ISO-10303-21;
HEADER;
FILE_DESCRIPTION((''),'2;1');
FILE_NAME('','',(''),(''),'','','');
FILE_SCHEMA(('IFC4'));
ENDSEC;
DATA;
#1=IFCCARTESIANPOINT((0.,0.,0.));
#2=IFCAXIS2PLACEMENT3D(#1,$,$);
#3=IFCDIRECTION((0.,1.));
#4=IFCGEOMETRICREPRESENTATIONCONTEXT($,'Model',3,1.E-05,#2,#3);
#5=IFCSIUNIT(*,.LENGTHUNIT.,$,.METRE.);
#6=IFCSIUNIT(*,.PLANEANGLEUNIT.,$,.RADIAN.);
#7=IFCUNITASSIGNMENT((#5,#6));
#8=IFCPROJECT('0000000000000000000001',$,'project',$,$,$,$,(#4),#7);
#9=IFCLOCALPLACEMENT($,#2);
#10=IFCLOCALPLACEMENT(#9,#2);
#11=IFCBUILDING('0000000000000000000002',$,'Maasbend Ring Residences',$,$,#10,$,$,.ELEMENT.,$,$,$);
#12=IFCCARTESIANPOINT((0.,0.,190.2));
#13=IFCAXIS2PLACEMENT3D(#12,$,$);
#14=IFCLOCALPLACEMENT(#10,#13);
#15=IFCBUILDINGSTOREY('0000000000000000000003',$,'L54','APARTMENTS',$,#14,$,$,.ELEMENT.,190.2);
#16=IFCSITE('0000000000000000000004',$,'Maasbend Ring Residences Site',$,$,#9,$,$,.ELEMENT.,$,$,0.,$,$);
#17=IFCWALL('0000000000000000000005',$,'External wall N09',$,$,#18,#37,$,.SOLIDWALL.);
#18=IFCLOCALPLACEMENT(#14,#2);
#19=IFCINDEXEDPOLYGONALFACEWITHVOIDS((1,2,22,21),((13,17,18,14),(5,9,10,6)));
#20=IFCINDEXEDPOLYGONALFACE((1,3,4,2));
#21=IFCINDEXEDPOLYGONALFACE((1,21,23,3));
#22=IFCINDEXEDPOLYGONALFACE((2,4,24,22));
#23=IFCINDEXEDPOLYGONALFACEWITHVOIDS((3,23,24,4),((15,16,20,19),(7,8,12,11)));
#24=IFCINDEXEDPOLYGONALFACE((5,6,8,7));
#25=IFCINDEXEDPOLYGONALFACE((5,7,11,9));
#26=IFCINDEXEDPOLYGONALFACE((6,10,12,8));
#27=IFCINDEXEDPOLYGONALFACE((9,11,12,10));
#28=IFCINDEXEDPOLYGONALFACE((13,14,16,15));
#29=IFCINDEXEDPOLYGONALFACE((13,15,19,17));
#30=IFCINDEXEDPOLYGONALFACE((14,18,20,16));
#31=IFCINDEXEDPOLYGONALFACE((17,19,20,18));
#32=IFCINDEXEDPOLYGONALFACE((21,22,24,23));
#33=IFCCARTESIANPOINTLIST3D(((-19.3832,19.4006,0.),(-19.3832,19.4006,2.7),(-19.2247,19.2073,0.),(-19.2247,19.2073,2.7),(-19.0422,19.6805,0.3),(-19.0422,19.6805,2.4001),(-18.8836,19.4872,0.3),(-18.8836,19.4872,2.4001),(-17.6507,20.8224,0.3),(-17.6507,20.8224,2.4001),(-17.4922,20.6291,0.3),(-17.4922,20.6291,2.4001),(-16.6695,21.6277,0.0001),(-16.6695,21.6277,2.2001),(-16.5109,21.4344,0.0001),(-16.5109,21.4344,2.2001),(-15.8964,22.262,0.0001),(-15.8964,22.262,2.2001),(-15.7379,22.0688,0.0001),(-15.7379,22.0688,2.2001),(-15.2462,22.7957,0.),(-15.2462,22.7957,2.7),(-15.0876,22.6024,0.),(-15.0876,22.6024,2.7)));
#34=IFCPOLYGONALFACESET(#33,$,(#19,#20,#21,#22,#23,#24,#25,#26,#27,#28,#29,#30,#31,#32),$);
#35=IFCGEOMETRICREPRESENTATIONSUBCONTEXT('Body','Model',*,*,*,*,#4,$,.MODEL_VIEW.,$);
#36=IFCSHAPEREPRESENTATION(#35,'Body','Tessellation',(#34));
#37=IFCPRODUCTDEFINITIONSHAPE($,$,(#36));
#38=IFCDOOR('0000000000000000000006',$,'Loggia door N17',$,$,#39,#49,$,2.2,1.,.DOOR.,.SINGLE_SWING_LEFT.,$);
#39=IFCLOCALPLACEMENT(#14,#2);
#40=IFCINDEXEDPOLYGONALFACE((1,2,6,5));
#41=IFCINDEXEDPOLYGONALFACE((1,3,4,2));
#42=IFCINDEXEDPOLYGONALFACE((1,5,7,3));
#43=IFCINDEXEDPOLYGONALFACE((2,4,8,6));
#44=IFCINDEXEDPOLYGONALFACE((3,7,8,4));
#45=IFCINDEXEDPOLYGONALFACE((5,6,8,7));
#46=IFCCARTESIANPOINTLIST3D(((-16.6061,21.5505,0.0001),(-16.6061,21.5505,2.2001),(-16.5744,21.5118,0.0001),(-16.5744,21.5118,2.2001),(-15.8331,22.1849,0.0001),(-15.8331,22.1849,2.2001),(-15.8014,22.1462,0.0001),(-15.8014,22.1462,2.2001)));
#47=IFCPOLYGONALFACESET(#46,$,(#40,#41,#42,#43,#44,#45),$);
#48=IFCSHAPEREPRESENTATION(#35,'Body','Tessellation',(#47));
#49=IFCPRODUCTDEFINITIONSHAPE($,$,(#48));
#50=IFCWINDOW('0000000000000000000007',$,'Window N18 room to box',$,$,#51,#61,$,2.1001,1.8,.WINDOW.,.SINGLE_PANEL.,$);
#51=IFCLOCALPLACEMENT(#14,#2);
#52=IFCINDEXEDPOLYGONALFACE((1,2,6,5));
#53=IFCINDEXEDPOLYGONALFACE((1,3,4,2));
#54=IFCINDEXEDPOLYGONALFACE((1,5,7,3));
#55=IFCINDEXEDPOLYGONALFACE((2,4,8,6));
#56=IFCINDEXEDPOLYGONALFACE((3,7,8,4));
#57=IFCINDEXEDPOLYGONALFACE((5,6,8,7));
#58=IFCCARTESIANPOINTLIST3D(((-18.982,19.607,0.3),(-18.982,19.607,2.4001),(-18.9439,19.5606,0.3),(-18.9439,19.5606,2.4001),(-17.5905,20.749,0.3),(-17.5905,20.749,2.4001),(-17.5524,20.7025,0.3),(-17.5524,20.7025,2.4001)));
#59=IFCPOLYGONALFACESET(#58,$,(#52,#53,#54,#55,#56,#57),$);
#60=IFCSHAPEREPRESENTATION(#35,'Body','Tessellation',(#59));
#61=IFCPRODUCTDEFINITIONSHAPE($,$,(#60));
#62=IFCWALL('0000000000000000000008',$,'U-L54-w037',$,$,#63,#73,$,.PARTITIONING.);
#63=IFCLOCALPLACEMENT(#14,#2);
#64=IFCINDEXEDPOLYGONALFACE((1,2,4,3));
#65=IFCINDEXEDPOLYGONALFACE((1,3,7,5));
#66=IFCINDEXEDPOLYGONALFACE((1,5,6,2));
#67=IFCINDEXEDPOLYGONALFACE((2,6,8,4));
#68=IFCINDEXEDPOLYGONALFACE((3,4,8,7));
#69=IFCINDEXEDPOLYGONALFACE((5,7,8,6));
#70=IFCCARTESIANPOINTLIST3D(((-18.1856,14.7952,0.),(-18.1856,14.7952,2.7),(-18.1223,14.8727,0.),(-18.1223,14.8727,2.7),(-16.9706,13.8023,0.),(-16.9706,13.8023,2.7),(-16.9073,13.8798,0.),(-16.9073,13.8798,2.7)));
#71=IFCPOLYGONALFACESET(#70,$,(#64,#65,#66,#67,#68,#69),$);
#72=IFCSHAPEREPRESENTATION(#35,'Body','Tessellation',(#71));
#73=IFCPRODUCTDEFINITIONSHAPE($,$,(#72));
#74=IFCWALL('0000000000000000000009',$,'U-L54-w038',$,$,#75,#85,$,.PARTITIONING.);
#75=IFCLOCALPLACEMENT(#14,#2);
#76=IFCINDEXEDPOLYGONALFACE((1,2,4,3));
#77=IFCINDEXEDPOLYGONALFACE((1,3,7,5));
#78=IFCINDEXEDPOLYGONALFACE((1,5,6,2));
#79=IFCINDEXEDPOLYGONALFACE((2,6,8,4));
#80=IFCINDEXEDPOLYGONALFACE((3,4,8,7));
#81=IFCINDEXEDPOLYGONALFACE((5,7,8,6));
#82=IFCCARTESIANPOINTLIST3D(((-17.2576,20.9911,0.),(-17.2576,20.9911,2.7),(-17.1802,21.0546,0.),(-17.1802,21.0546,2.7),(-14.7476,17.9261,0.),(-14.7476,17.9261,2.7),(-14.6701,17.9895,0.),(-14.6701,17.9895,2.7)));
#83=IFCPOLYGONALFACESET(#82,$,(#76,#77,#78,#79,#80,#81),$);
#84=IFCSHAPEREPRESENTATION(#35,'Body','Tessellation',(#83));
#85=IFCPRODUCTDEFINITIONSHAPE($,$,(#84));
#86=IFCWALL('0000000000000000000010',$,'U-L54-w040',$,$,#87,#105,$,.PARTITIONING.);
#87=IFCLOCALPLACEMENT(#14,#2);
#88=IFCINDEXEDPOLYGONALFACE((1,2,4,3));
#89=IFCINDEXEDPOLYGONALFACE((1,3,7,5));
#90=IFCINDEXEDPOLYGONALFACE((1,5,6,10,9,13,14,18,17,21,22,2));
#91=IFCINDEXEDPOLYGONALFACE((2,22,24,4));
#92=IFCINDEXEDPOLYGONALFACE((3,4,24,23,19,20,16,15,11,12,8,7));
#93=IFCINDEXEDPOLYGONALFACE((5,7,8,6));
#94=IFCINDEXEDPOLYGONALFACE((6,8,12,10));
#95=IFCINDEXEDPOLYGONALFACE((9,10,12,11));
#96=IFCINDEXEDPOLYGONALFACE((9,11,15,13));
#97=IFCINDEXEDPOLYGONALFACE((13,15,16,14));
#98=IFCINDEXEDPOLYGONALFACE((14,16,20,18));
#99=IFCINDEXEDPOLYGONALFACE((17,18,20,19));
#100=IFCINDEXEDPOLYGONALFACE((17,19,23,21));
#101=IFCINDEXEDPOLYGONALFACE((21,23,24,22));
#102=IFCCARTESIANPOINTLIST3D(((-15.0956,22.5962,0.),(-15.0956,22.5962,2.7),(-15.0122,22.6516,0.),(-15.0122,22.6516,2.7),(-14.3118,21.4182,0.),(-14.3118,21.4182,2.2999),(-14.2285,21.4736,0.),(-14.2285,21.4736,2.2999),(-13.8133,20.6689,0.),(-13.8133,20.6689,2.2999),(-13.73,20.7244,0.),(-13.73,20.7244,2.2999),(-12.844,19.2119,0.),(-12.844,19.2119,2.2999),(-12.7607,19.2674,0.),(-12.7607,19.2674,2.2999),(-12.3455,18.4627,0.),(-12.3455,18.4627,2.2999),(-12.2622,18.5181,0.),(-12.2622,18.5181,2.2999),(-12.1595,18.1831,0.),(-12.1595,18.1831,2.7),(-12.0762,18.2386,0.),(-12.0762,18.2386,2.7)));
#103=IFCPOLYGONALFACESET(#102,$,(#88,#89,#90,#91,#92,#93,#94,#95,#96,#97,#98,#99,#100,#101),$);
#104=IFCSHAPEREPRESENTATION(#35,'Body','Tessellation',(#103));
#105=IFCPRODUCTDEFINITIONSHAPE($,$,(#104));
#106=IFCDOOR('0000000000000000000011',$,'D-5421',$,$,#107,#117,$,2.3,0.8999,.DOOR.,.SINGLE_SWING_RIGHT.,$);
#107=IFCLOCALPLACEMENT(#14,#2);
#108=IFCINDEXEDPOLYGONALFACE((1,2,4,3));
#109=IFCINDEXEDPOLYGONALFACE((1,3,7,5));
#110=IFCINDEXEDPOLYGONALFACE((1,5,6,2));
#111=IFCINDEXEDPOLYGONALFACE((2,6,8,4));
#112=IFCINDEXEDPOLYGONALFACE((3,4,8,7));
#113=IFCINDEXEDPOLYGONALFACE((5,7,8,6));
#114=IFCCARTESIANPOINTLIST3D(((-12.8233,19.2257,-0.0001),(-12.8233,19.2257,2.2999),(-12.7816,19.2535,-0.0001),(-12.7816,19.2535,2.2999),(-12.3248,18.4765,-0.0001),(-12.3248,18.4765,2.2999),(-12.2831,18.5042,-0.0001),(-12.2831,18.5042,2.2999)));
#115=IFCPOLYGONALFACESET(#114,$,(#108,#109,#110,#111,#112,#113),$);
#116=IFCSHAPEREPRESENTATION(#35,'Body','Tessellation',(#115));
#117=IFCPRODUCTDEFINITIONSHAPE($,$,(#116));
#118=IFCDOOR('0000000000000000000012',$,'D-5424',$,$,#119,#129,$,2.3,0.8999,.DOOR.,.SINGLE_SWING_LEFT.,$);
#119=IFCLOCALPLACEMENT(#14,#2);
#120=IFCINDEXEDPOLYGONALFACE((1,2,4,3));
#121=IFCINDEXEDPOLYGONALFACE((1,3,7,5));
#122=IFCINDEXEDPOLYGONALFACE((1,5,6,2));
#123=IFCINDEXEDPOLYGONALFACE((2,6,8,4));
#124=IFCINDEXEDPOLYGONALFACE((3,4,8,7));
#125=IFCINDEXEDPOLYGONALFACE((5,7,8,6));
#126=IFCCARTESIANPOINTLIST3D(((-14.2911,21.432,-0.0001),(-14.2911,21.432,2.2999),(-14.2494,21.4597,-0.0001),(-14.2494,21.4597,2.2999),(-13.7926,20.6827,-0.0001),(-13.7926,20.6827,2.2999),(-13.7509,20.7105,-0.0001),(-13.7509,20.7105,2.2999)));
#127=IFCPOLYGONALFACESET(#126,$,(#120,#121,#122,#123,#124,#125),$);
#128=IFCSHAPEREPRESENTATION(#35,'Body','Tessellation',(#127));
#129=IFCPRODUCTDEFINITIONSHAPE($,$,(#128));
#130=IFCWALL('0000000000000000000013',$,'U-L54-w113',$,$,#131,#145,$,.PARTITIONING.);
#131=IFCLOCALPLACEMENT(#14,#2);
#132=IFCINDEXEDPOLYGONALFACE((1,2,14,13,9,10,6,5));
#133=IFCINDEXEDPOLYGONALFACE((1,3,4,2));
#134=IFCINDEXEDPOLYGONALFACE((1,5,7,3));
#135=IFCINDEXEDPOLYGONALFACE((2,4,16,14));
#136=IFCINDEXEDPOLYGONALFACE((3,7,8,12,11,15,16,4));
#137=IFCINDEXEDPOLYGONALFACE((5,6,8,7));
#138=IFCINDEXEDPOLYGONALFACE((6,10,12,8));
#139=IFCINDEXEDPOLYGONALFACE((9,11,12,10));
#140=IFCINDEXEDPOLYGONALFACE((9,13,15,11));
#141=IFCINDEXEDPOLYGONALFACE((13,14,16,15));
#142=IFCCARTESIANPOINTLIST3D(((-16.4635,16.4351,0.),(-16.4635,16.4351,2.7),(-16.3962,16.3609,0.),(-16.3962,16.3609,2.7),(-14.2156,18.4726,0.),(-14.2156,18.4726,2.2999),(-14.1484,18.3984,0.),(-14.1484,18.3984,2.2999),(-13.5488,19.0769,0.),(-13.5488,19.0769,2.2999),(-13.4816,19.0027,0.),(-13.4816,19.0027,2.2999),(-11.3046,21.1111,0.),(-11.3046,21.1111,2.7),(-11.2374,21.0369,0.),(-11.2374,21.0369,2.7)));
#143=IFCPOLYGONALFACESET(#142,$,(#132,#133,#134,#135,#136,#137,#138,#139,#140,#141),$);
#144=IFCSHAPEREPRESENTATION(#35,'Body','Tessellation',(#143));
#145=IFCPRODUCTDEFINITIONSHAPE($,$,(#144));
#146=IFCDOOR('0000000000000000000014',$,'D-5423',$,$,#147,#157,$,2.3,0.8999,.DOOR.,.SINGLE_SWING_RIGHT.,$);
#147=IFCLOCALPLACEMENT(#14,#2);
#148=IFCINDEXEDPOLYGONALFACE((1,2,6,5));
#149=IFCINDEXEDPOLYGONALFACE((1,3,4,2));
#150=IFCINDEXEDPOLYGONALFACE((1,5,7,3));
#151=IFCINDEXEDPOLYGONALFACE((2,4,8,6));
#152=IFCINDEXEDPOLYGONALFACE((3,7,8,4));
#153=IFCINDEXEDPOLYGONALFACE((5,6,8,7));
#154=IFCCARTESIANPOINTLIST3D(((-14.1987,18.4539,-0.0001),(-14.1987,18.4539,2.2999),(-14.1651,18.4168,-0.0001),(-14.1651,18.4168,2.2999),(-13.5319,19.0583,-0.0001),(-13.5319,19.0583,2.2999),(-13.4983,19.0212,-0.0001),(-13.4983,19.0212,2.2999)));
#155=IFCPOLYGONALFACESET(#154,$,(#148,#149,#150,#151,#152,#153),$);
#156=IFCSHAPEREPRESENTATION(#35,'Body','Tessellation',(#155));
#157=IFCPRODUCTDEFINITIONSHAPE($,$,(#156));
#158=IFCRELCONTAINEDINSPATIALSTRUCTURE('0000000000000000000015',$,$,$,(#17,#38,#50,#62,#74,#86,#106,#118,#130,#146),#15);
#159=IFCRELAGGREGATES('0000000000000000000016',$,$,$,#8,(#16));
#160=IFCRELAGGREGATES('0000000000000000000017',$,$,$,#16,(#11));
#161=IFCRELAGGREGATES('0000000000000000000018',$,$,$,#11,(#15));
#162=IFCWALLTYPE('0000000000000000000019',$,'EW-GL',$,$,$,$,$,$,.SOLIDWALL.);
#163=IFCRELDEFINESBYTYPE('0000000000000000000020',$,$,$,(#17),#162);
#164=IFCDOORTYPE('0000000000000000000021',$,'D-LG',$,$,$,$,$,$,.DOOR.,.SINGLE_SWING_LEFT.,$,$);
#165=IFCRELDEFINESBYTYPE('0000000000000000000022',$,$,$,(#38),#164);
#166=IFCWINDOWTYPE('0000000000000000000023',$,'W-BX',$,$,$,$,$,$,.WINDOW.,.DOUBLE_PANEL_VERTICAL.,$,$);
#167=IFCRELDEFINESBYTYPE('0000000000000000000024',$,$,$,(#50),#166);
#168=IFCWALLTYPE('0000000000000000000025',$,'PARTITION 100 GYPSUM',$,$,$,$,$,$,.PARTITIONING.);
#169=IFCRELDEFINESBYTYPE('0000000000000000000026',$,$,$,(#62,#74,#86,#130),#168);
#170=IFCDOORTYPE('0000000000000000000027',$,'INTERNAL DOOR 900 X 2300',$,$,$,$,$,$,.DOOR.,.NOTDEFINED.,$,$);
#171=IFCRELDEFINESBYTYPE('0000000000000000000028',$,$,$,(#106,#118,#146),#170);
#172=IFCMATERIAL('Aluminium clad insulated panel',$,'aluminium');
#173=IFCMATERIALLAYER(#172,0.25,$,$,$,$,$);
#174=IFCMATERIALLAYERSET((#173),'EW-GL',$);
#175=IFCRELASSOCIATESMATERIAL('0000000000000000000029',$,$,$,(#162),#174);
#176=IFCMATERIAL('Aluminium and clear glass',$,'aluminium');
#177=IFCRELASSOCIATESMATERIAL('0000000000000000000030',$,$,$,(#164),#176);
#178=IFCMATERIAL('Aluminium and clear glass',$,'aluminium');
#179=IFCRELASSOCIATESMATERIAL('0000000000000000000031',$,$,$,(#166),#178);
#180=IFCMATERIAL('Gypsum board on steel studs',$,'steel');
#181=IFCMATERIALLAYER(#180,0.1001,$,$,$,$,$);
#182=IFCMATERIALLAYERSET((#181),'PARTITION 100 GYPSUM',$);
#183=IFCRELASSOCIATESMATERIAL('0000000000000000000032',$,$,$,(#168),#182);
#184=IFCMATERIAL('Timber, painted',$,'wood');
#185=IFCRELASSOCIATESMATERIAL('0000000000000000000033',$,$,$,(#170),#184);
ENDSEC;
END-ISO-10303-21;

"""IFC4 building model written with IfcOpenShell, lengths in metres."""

from ifc_helpers import new_model, si_unit, direction, frame, frame_2d, origin, place, context, subcontext, project, spatial, rectangle, extrude, material, layer, layer_set, type_object, element, fill, save


model = new_model("IFC4")

# Units and contexts
model_context = context("Model", 3, precision=1e-05, world=origin(), true_north=direction((0.0, 1.0)))
body_context = subcontext(model_context, "Body", "Model", "MODEL_VIEW")
ifc_project = project(units=[si_unit("LENGTHUNIT", "METRE"), si_unit("PLANEANGLEUNIT", "RADIAN")], contexts=[model_context])

# Site, building, storey
site_placement = place(None, origin())
site = spatial("IfcSite", under=ifc_project, at=site_placement, Name="Maasbend Ring Residences Site", CompositionType="ELEMENT", RefElevation=0.0)
building_placement = place(site_placement, origin())
building = spatial("IfcBuilding", under=site, at=building_placement, Name="Maasbend Ring Residences", CompositionType="ELEMENT")
storey_placement = place(building_placement, frame((0.0, 0.0, 190.2)))
storey = spatial("IfcBuildingStorey", under=building, at=storey_placement, Name="L54", Description="APARTMENTS", CompositionType="ELEMENT", Elevation=190.2)

# Wall, openings, door, window
ifc_material_1 = material(Name="Aluminium clad insulated panel", Category="aluminium")
ifc_layer_1 = layer(ifc_material_1, 0.25)
ifc_layer_set_1 = layer_set([ifc_layer_1], Name="EW-GL")
wall_type_1 = type_object("IfcWallType", Name="EW-GL", PredefinedType="SOLIDWALL", material=ifc_layer_set_1)
wall_1_placement = place(storey_placement, frame((-15.167, 22.699, 0.0), z_axis=(0.0, 0.0, 1.0), x_axis=(-0.773019, -0.634382, 0.0)))
wall_1 = element("IfcWall", 1, at=wall_1_placement, inside=storey, type_object=wall_type_1, Name="External wall N09", PredefinedType="SOLIDWALL", context=body_context, shape_type="SweptSolid", body=[
    extrude(rectangle(XDim=5.3518, YDim=0.25, at=frame_2d((2.6758, 0.0))), origin(), (0.0, 0.0, 1.0), 2.7),
])
opening_1_placement = place(wall_1_placement, frame((0.8411, 0.0, 0.0)))
opening_1 = element("IfcOpeningElement", 2, at=opening_1_placement, cuts=wall_1, PredefinedType="OPENING", context=body_context, shape_type="SweptSolid", body=[
    extrude(rectangle(XDim=1.0, YDim=2.2, at=frame_2d((0.5, 1.1001))), frame((0.0, 0.135, 0.0), z_axis=(0.0, -1.0, 0.0), x_axis=(1.0, 0.0, 0.0)), (0.0, 0.0, 1.0), 0.27),
])
opening_2_placement = place(wall_1_placement, frame((3.1106, 0.0, 0.3)))
opening_2 = element("IfcOpeningElement", 3, at=opening_2_placement, cuts=wall_1, PredefinedType="OPENING", context=body_context, shape_type="SweptSolid", body=[
    extrude(rectangle(XDim=1.8, YDim=2.1001, at=frame_2d((0.8999, 1.05))), frame((0.0, 0.135, 0.0), z_axis=(0.0, -1.0, 0.0), x_axis=(1.0, 0.0, 0.0)), (0.0, 0.0, 1.0), 0.27),
])
ifc_material_2 = material(Name="Aluminium and clear glass", Category="aluminium")
door_type_1 = type_object("IfcDoorType", Name="D-LG", OperationType="SINGLE_SWING_LEFT", PredefinedType="DOOR", material=ifc_material_2)
door_1_placement = place(opening_1_placement, origin())
door_1 = element("IfcDoor", 4, at=door_1_placement, inside=storey, type_object=door_type_1, Name="Loggia door N17", OperationType="SINGLE_SWING_LEFT", OverallHeight=2.2, OverallWidth=1.0, PredefinedType="DOOR", context=body_context, shape_type="SweptSolid", body=[
    extrude(rectangle(XDim=1.0, YDim=2.2, at=frame_2d((0.5, 1.1001))), frame((0.0, 0.0249, 0.0), z_axis=(0.0, -1.0, 0.0), x_axis=(1.0, 0.0, 0.0)), (0.0, 0.0, 1.0), 0.05),
])
fill(opening_1, door_1)
ifc_material_3 = material(Name="Aluminium and clear glass", Category="aluminium")
window_type_1 = type_object("IfcWindowType", Name="W-BX", PartitioningType="DOUBLE_PANEL_VERTICAL", PredefinedType="WINDOW", material=ifc_material_3)
window_1_placement = place(opening_2_placement, origin())
window_1 = element("IfcWindow", 5, at=window_1_placement, inside=storey, type_object=window_type_1, Name="Window N18 room to box", OverallHeight=2.1001, OverallWidth=1.8, PartitioningType="SINGLE_PANEL", PredefinedType="WINDOW", context=body_context, shape_type="SweptSolid", body=[
    extrude(rectangle(XDim=1.8, YDim=2.1001, at=frame_2d((0.8999, 1.05))), frame((0.0, 0.03, 0.0), z_axis=(0.0, -1.0, 0.0), x_axis=(1.0, 0.0, 0.0)), (0.0, 0.0, 1.0), 0.0601),
])
fill(opening_2, window_1)

# Walls
ifc_material_4 = material(Name="Gypsum board on steel studs", Category="steel")
ifc_layer_2 = layer(ifc_material_4, 0.1001)
ifc_layer_set_2 = layer_set([ifc_layer_2], Name="PARTITION 100 GYPSUM")
wall_type_2 = type_object("IfcWallType", Name="PARTITION 100 GYPSUM", PredefinedType="PARTITIONING", material=ifc_layer_set_2)
wall_2_placement = place(storey_placement, frame((-18.1541, 14.834, 0.0), z_axis=(0.0, 0.0, 1.0), x_axis=(0.774345, -0.632763, 0.0)))
element("IfcWall", 6, at=wall_2_placement, inside=storey, type_object=wall_type_2, Name="U-L54-w037", PredefinedType="PARTITIONING", context=body_context, shape_type="SweptSolid", body=[
    extrude(rectangle(XDim=1.5691, YDim=0.1001, at=frame_2d((0.7847, 0.0))), origin(), (0.0, 0.0, 1.0), 2.7),
])
wall_3_placement = place(storey_placement, frame((-17.219, 21.0229, 0.0), z_axis=(0.0, 0.0, 1.0), x_axis=(0.63359, -0.773669, 0.0)))
element("IfcWall", 7, at=wall_3_placement, inside=storey, type_object=wall_type_2, Name="U-L54-w038", PredefinedType="PARTITIONING", context=body_context, shape_type="SweptSolid", body=[
    extrude(rectangle(XDim=3.9617, YDim=0.1001, at=frame_2d((1.981, 0.0))), origin(), (0.0, 0.0, 1.0), 2.7),
])

# Wall, openings, doors
wall_4_placement = place(storey_placement, frame((-15.054, 22.624, 0.0), z_axis=(0.0, 0.0, 1.0), x_axis=(0.553913, -0.832574, 0.0)))
wall_4 = element("IfcWall", 8, at=wall_4_placement, inside=storey, type_object=wall_type_2, Name="U-L54-w040", PredefinedType="PARTITIONING", context=body_context, shape_type="SweptSolid", body=[
    extrude(rectangle(XDim=5.3005, YDim=0.1001, at=frame_2d((2.6504, 0.0))), origin(), (0.0, 0.0, 1.0), 2.7),
])
opening_3_placement = place(wall_4_placement, frame((4.0649, 0.0, 0.0)))
opening_3 = element("IfcOpeningElement", 9, at=opening_3_placement, cuts=wall_4, PredefinedType="OPENING", context=body_context, shape_type="SweptSolid", body=[
    extrude(rectangle(XDim=0.8999, YDim=2.3, at=frame_2d((0.45, 1.1499))), frame((0.0, 0.0601, 0.0), z_axis=(0.0, -1.0, 0.0), x_axis=(1.0, 0.0, 0.0)), (0.0, 0.0, 1.0), 0.1201),
])
opening_4_placement = place(wall_4_placement, frame((1.415, 0.0, 0.0)))
opening_4 = element("IfcOpeningElement", 10, at=opening_4_placement, cuts=wall_4, PredefinedType="OPENING", context=body_context, shape_type="SweptSolid", body=[
    extrude(rectangle(XDim=0.8999, YDim=2.3, at=frame_2d((0.45, 1.1499))), frame((0.0, 0.0601, 0.0), z_axis=(0.0, -1.0, 0.0), x_axis=(1.0, 0.0, 0.0)), (0.0, 0.0, 1.0), 0.1201),
])
ifc_material_5 = material(Name="Timber, painted", Category="wood")
door_type_2 = type_object("IfcDoorType", Name="INTERNAL DOOR 900 X 2300", OperationType="NOTDEFINED", PredefinedType="DOOR", material=ifc_material_5)
door_2_placement = place(opening_3_placement, origin())
door_2 = element("IfcDoor", 11, at=door_2_placement, inside=storey, type_object=door_type_2, Name="D-5421", OperationType="SINGLE_SWING_RIGHT", OverallHeight=2.3, OverallWidth=0.8999, PredefinedType="DOOR", context=body_context, shape_type="SweptSolid", body=[
    extrude(rectangle(XDim=0.8999, YDim=2.3, at=frame_2d((0.45, 1.1499))), frame((0.0, 0.0249, 0.0), z_axis=(0.0, -1.0, 0.0), x_axis=(1.0, 0.0, 0.0)), (0.0, 0.0, 1.0), 0.05),
])
fill(opening_3, door_2)
door_3_placement = place(opening_4_placement, origin())
door_3 = element("IfcDoor", 12, at=door_3_placement, inside=storey, type_object=door_type_2, Name="D-5424", OperationType="SINGLE_SWING_LEFT", OverallHeight=2.3, OverallWidth=0.8999, PredefinedType="DOOR", context=body_context, shape_type="SweptSolid", body=[
    extrude(rectangle(XDim=0.8999, YDim=2.3, at=frame_2d((0.45, 1.1499))), frame((0.0, 0.0249, 0.0), z_axis=(0.0, -1.0, 0.0), x_axis=(1.0, 0.0, 0.0)), (0.0, 0.0, 1.0), 0.05),
])
fill(opening_4, door_3)

# Wall, opening, door
wall_5_placement = place(storey_placement, frame((-16.4299, 16.3979, 0.0), z_axis=(0.0, 0.0, 1.0), x_axis=(0.740934, 0.671578, 0.0)))
wall_5 = element("IfcWall", 13, at=wall_5_placement, inside=storey, type_object=wall_type_2, Name="U-L54-w113", PredefinedType="PARTITIONING", context=body_context, shape_type="SweptSolid", body=[
    extrude(rectangle(XDim=6.9626, YDim=0.1001, at=frame_2d((3.4814, 0.0))), origin(), (0.0, 0.0, 1.0), 2.7),
])
opening_5_placement = place(wall_5_placement, frame((3.0339, 0.0, 0.0)))
opening_5 = element("IfcOpeningElement", 14, at=opening_5_placement, cuts=wall_5, PredefinedType="OPENING", context=body_context, shape_type="SweptSolid", body=[
    extrude(rectangle(XDim=0.8999, YDim=2.3, at=frame_2d((0.45, 1.1499))), frame((0.0, 0.0601, 0.0), z_axis=(0.0, -1.0, 0.0), x_axis=(1.0, 0.0, 0.0)), (0.0, 0.0, 1.0), 0.1201),
])
door_4_placement = place(opening_5_placement, origin())
door_4 = element("IfcDoor", 15, at=door_4_placement, inside=storey, type_object=door_type_2, Name="D-5423", OperationType="SINGLE_SWING_RIGHT", OverallHeight=2.3, OverallWidth=0.8999, PredefinedType="DOOR", context=body_context, shape_type="SweptSolid", body=[
    extrude(rectangle(XDim=0.8999, YDim=2.3, at=frame_2d((0.45, 1.1499))), frame((0.0, 0.0249, 0.0), z_axis=(0.0, -1.0, 0.0), x_axis=(1.0, 0.0, 0.0)), (0.0, 0.0, 1.0), 0.05),
])
fill(opening_5, door_4)

save(model, "model.ifc")
